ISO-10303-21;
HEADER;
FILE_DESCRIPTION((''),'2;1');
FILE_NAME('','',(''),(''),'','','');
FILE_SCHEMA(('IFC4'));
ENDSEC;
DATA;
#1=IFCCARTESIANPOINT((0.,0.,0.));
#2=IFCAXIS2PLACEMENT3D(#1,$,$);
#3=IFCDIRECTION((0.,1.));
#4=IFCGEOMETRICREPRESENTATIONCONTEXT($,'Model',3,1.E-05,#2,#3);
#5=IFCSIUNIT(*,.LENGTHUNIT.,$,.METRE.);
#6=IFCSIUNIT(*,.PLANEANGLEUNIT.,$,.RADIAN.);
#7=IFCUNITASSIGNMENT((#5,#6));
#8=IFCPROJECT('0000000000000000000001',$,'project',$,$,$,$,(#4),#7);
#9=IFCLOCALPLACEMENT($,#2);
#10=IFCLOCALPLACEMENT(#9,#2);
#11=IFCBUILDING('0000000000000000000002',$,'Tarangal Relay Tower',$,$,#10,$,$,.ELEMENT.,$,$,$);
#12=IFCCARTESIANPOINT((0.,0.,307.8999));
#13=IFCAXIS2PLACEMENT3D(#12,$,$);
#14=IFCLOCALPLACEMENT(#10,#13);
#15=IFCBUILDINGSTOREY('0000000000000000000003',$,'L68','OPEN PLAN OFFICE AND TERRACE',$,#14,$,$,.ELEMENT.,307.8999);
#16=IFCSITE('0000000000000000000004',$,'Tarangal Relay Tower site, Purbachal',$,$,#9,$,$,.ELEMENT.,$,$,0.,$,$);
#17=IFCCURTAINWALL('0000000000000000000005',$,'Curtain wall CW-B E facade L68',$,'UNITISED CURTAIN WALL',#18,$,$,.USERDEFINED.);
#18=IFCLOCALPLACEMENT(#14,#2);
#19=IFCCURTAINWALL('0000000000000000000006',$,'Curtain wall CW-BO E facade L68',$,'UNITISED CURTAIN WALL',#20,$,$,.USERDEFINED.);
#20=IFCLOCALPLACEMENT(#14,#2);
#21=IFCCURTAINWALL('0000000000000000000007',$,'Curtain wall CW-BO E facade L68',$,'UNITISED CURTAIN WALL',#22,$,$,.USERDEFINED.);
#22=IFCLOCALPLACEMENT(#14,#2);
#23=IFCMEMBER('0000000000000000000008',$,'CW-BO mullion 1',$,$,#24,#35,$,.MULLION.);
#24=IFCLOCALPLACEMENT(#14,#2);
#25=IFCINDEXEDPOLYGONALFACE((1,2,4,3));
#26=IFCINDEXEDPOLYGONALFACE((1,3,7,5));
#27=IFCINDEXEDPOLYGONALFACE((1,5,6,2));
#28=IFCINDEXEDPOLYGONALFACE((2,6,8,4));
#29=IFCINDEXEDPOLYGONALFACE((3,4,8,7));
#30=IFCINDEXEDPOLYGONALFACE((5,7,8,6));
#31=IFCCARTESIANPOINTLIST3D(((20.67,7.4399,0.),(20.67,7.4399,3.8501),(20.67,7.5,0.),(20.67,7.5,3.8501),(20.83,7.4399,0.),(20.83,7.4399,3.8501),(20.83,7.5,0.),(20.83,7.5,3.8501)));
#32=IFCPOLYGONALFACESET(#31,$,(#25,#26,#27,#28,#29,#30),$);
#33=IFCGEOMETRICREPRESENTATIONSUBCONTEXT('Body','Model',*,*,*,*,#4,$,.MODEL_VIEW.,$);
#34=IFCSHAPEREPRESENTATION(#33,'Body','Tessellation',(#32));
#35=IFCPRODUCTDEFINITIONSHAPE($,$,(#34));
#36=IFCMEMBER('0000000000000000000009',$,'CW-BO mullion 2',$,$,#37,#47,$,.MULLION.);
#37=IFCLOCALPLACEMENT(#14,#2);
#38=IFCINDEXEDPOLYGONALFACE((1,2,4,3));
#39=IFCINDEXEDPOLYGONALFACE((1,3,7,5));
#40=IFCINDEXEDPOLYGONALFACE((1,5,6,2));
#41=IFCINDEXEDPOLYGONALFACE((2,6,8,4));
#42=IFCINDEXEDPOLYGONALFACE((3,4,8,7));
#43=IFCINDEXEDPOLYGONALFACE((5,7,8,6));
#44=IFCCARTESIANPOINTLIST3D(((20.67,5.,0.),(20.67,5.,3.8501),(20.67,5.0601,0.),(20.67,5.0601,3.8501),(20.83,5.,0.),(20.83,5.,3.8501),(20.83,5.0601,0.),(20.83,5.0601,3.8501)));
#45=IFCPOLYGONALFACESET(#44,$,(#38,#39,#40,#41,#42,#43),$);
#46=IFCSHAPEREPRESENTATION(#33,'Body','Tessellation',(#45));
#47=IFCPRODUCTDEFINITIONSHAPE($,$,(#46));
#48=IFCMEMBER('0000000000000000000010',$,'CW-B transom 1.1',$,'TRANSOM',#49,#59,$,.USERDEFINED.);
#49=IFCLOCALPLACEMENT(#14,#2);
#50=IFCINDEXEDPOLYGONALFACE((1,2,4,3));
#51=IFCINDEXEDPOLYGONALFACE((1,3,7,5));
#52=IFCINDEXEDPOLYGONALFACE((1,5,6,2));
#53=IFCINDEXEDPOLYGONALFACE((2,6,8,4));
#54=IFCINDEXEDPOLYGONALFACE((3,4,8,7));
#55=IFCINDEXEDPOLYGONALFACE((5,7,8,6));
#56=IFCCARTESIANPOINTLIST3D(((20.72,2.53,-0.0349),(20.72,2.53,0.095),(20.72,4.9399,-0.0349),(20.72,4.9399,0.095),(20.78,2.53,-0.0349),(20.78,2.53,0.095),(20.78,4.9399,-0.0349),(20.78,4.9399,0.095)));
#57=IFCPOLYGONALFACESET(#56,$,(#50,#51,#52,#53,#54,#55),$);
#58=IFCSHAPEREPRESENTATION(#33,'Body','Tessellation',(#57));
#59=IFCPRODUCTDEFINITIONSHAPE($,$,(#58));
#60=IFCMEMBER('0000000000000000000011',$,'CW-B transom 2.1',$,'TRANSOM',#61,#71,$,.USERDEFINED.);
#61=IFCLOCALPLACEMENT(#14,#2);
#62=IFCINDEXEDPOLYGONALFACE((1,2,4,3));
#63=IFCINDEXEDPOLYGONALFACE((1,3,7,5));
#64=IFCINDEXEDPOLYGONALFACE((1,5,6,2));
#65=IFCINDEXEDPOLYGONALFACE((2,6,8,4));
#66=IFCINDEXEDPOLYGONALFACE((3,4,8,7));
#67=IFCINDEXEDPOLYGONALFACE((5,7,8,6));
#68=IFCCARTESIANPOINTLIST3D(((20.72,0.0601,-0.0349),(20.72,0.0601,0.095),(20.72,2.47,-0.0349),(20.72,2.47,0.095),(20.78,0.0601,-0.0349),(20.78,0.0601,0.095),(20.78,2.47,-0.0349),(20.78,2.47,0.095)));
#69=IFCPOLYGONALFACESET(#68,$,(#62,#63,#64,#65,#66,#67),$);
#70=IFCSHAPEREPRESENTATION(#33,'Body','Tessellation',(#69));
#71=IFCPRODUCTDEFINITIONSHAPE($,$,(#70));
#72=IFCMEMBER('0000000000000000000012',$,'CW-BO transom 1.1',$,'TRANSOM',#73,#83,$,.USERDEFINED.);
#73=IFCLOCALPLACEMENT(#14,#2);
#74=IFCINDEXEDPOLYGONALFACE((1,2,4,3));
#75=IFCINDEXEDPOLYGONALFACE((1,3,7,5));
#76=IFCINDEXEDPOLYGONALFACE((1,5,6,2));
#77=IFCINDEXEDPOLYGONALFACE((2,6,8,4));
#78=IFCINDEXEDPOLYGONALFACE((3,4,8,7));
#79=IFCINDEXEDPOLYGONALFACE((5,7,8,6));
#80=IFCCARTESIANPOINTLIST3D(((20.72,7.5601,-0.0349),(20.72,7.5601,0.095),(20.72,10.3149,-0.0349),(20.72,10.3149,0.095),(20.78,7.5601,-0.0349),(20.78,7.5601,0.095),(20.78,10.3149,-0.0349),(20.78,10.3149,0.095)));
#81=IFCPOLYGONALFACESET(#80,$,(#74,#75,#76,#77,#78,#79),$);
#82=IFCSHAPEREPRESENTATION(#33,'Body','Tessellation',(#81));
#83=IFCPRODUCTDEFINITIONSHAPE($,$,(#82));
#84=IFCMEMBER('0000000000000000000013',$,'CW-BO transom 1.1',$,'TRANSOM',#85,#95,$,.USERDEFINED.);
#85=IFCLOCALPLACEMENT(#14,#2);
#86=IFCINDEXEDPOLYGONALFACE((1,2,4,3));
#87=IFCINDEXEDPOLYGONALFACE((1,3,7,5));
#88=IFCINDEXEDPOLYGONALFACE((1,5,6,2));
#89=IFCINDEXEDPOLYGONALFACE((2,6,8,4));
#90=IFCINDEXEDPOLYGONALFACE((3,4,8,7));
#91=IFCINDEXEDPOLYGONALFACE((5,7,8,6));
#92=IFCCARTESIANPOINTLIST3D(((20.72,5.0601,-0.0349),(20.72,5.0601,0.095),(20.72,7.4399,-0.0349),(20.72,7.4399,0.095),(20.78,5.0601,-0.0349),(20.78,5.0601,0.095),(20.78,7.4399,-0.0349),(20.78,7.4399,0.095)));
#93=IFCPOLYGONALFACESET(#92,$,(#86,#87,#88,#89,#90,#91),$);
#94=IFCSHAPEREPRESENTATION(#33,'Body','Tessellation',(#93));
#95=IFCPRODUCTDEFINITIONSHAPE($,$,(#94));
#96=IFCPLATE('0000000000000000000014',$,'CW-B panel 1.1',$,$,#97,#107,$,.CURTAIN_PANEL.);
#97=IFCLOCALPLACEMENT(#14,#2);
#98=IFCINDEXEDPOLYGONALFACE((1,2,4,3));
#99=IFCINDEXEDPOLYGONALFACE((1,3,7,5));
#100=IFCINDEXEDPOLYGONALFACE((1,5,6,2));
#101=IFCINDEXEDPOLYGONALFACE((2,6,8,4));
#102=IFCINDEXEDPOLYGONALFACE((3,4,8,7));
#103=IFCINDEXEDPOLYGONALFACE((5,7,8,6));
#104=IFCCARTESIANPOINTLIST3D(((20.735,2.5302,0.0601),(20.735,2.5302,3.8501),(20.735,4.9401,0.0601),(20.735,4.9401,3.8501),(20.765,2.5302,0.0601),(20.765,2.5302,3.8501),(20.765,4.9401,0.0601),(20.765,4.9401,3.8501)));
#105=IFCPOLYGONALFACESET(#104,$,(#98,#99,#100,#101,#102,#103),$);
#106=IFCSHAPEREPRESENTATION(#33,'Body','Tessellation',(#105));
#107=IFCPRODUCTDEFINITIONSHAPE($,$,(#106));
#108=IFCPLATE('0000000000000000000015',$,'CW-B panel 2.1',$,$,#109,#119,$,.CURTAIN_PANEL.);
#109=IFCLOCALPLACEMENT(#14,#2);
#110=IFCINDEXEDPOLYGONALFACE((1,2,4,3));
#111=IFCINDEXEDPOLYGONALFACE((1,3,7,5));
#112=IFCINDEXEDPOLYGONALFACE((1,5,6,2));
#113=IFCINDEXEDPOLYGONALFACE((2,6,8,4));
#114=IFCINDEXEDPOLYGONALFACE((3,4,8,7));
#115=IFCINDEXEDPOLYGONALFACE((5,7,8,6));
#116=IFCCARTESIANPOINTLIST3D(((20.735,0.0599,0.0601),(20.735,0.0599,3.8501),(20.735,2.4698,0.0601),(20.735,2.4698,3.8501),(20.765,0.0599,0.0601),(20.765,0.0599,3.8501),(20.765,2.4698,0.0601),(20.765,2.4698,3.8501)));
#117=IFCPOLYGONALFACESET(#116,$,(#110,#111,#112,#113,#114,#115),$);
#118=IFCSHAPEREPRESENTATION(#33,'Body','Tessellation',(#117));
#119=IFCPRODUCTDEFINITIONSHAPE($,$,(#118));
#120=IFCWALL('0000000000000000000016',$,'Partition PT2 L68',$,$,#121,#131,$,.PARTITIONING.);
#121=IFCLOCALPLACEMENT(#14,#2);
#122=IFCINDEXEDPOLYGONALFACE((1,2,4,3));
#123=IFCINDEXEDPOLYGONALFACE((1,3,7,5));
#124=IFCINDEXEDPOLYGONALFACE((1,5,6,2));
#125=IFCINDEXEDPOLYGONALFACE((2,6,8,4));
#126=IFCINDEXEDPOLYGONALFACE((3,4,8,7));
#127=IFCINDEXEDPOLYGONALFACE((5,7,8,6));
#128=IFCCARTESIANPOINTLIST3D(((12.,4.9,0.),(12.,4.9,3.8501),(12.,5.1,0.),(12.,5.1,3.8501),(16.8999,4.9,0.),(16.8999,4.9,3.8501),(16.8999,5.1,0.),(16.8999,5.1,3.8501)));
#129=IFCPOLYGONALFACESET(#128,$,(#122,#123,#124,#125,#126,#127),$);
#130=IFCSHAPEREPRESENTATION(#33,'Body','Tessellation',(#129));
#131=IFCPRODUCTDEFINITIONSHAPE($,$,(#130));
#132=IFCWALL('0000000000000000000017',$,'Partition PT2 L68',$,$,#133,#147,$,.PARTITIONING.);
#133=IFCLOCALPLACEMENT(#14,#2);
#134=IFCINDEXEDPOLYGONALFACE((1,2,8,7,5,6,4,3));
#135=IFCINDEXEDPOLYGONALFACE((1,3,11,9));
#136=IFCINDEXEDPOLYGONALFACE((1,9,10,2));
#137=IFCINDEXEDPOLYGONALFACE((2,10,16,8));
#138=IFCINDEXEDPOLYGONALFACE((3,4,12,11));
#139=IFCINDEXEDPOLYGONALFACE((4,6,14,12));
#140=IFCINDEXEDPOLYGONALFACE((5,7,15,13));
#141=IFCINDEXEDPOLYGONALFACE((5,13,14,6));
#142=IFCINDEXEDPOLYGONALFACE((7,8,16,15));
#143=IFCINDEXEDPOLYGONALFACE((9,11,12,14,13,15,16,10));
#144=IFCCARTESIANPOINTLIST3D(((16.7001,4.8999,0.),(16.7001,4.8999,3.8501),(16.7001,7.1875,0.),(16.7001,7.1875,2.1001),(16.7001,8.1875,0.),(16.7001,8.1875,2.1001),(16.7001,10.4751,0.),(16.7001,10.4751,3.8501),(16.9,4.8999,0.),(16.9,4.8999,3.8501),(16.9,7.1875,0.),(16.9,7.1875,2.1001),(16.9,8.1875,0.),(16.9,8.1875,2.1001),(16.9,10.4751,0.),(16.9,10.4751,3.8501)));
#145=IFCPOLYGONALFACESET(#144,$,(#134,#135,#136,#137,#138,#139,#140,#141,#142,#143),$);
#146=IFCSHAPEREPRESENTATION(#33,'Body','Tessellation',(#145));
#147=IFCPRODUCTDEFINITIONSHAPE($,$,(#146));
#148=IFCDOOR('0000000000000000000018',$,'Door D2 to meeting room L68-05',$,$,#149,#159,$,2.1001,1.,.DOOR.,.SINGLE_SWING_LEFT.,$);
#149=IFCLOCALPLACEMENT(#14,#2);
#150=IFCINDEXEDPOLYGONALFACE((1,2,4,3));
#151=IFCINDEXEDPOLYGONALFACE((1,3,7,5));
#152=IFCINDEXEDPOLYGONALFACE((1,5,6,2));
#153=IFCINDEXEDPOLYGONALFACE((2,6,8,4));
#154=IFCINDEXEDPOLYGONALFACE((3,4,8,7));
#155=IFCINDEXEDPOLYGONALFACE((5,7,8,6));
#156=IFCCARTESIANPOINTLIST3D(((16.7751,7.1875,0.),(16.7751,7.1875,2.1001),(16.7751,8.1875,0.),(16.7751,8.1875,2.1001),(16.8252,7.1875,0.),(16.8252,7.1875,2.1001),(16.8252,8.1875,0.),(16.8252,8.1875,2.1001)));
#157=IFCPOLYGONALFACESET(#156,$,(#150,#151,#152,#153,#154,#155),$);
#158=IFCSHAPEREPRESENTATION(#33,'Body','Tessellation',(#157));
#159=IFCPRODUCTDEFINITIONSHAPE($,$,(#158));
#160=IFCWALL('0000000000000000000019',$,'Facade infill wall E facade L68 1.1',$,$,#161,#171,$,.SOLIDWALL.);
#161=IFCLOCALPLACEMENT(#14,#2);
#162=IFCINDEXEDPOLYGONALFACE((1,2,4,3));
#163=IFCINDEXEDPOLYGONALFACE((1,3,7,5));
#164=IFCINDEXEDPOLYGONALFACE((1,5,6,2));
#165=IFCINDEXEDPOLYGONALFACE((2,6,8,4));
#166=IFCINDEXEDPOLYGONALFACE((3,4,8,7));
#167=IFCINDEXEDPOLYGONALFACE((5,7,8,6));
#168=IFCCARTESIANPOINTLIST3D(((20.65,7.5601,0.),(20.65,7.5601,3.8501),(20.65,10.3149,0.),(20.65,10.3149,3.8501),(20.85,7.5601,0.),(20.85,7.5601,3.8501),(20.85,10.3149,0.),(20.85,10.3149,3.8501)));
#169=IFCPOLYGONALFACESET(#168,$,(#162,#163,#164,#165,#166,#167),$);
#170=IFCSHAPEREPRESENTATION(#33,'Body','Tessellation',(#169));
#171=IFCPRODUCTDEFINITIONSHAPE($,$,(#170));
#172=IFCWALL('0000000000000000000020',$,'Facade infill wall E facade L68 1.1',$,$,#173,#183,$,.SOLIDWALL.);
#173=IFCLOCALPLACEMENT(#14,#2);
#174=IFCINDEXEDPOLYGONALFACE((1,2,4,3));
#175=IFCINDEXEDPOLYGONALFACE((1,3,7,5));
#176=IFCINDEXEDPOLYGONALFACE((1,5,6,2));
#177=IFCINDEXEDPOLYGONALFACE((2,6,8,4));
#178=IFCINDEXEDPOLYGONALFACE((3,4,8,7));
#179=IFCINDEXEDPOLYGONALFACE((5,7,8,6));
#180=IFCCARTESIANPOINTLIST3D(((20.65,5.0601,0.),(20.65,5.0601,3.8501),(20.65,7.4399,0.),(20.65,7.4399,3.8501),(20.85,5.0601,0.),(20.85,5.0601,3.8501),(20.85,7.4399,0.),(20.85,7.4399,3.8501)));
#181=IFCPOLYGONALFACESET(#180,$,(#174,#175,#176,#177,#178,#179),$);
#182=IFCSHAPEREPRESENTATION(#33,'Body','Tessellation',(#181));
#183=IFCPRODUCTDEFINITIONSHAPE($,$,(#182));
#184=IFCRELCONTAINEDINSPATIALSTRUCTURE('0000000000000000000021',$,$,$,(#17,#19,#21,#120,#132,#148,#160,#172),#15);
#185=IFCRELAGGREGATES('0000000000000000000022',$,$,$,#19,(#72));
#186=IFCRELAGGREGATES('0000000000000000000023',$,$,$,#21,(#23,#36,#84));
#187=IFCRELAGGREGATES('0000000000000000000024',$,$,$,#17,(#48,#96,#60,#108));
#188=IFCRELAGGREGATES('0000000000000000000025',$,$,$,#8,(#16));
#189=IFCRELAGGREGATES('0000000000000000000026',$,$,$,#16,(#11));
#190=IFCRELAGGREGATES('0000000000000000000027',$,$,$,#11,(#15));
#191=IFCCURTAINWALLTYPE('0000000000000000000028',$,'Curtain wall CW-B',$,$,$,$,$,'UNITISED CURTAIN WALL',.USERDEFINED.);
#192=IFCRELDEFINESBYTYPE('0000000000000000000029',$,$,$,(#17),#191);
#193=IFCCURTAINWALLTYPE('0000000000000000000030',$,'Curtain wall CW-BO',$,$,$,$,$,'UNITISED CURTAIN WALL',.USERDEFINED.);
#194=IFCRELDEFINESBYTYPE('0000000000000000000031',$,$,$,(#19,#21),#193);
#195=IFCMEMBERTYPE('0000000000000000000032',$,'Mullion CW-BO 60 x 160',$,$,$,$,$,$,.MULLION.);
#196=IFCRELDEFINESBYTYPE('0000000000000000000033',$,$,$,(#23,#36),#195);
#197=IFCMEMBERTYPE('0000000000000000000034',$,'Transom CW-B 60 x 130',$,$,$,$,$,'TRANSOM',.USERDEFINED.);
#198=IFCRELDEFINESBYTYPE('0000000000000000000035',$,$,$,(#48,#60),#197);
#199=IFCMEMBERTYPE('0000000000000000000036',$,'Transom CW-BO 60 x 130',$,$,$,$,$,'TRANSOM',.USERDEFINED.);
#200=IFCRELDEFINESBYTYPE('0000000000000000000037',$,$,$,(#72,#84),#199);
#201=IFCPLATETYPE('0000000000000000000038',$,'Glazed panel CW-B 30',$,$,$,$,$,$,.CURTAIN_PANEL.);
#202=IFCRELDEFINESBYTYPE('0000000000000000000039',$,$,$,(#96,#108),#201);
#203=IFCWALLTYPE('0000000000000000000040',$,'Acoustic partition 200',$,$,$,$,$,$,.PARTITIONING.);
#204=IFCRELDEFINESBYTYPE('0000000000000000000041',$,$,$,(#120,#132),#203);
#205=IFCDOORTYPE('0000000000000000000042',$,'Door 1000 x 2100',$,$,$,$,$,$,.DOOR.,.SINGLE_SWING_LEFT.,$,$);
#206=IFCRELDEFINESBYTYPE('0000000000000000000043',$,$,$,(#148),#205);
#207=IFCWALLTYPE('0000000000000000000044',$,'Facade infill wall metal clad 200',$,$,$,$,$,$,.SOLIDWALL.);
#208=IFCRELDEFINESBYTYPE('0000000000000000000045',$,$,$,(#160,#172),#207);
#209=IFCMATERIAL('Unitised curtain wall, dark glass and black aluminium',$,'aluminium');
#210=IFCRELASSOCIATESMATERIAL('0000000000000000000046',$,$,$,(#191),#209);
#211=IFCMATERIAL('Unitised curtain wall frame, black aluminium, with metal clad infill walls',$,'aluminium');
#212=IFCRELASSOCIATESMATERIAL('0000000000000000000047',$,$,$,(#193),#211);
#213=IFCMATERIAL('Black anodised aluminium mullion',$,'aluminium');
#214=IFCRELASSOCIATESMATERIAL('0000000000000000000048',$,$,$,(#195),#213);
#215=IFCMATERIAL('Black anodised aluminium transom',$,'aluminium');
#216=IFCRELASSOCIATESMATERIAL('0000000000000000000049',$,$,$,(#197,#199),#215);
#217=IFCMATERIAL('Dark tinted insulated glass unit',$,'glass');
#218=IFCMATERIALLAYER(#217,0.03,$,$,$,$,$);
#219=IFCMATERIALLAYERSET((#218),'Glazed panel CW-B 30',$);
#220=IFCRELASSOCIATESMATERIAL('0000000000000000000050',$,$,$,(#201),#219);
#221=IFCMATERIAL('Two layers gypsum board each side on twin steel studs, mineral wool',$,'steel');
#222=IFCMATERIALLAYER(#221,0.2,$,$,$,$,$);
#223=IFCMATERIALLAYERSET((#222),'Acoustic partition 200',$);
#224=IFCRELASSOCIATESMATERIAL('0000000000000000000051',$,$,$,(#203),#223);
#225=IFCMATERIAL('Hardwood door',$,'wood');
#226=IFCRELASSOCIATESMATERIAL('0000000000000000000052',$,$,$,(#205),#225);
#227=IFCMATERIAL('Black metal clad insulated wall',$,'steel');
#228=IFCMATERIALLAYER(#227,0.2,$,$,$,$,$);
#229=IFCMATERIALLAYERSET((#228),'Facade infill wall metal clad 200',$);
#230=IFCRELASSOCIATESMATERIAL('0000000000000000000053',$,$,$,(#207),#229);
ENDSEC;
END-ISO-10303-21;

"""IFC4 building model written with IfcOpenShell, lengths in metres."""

from ifc_helpers import new_model, si_unit, direction, frame, frame_2d, origin, origin_2d, place, context, subcontext, project, spatial, rectangle, extrude, material, layer, layer_set, material_profile, profile_set, type_object, element, fill, aggregate, save


model = new_model("IFC4")

# Units and contexts
model_context = context("Model", 3, precision=1e-05, world=origin(), true_north=direction((0.0, 1.0)))
body_context = subcontext(model_context, "Body", "Model", "MODEL_VIEW")
ifc_project = project(units=[si_unit("LENGTHUNIT", "METRE"), si_unit("PLANEANGLEUNIT", "RADIAN")], contexts=[model_context])

# Site, building, storey
site_placement = place(None, origin())
site = spatial("IfcSite", under=ifc_project, at=site_placement, Name="Tarangal Relay Tower site, Purbachal", CompositionType="ELEMENT", RefElevation=0.0)
building_placement = place(site_placement, origin())
building = spatial("IfcBuilding", under=site, at=building_placement, Name="Tarangal Relay Tower", CompositionType="ELEMENT")
storey_placement = place(building_placement, frame((0.0, 0.0, 307.8999)))
storey = spatial("IfcBuildingStorey", under=building, at=storey_placement, Name="L68", Description="OPEN PLAN OFFICE AND TERRACE", CompositionType="ELEMENT", Elevation=307.8999)

# Curtain wall
ifc_material_1 = material(Name="Unitised curtain wall, dark glass and black aluminium", Category="aluminium")
curtain_wall_type_1 = type_object("IfcCurtainWallType", Name="Curtain wall CW-B", ElementType="UNITISED CURTAIN WALL", PredefinedType="USERDEFINED", material=ifc_material_1)
curtain_wall_1_placement = place(storey_placement, origin())
curtain_wall_1 = element("IfcCurtainWall", 1, at=curtain_wall_1_placement, inside=storey, type_object=curtain_wall_type_1, Name="Curtain wall CW-B E facade L68", ObjectType="UNITISED CURTAIN WALL", PredefinedType="USERDEFINED")
ifc_material_2 = material(Name="Black anodised aluminium mullion", Category="aluminium")

# Curtain wall
ifc_material_3 = material(Name="Unitised curtain wall frame, black aluminium, with metal clad infill walls", Category="aluminium")
curtain_wall_type_2 = type_object("IfcCurtainWallType", Name="Curtain wall CW-BO", ElementType="UNITISED CURTAIN WALL", PredefinedType="USERDEFINED", material=ifc_material_3)
curtain_wall_2_placement = place(storey_placement, origin())
curtain_wall_2 = element("IfcCurtainWall", 2, at=curtain_wall_2_placement, inside=storey, type_object=curtain_wall_type_2, Name="Curtain wall CW-BO E facade L68", ObjectType="UNITISED CURTAIN WALL", PredefinedType="USERDEFINED")
ifc_material_profile_1 = material_profile(ifc_material_2, rectangle(XDim=0.1599, YDim=0.0601, at=origin_2d()), Name="CW-BOM 60X160")
ifc_profile_set_1 = profile_set([ifc_material_profile_1], Name="Black anodised aluminium mullion")
member_type_1 = type_object("IfcMemberType", Name="Mullion CW-BO 60 x 160", PredefinedType="MULLION", material=ifc_profile_set_1)

# Curtain wall, members
curtain_wall_3_placement = place(storey_placement, origin())
curtain_wall_3 = element("IfcCurtainWall", 3, at=curtain_wall_3_placement, inside=storey, type_object=curtain_wall_type_2, Name="Curtain wall CW-BO E facade L68", ObjectType="UNITISED CURTAIN WALL", PredefinedType="USERDEFINED")
member_1_placement = place(storey_placement, frame((20.75, 7.47, 0.0), z_axis=(0.0, 0.0, 1.0), x_axis=(1.0, 0.0, 0.0)))
member_1 = element("IfcMember", 4, at=member_1_placement, type_object=member_type_1, Name="CW-BO mullion 1", PredefinedType="MULLION", context=body_context, shape_type="SweptSolid", body=[
    extrude(rectangle(XDim=0.1599, YDim=0.0601, at=origin_2d()), origin(), (0.0, 0.0, 1.0), 3.8501),
])
member_2_placement = place(storey_placement, frame((20.75, 5.03, 0.0), z_axis=(0.0, 0.0, 1.0), x_axis=(1.0, 0.0, 0.0)))
member_2 = element("IfcMember", 5, at=member_2_placement, type_object=member_type_1, Name="CW-BO mullion 2", PredefinedType="MULLION", context=body_context, shape_type="SweptSolid", body=[
    extrude(rectangle(XDim=0.1599, YDim=0.0601, at=origin_2d()), origin(), (0.0, 0.0, 1.0), 3.8501),
])

# Members
ifc_material_4 = material(Name="Black anodised aluminium transom", Category="aluminium")
ifc_material_profile_2 = material_profile(ifc_material_4, rectangle(XDim=0.0601, YDim=0.1299, at=origin_2d()), Name="CW-BT 60X130")
ifc_profile_set_2 = profile_set([ifc_material_profile_2], Name="Black anodised aluminium transom")
member_type_2 = type_object("IfcMemberType", Name="Transom CW-B 60 x 130", ElementType="TRANSOM", PredefinedType="USERDEFINED", material=ifc_profile_set_2)
member_3_placement = place(storey_placement, frame((20.75, 4.9399, 0.03), z_axis=(0.0, -1.0, 0.0), x_axis=(1.0, 0.0, 0.0)))
member_3 = element("IfcMember", 6, at=member_3_placement, type_object=member_type_2, Name="CW-B transom 1.1", ObjectType="TRANSOM", PredefinedType="USERDEFINED", context=body_context, shape_type="SweptSolid", body=[
    extrude(rectangle(XDim=0.0601, YDim=0.1299, at=origin_2d()), origin(), (0.0, 0.0, 1.0), 2.4099),
])
member_4_placement = place(storey_placement, frame((20.75, 2.47, 0.03), z_axis=(0.0, -1.0, 0.0), x_axis=(1.0, 0.0, 0.0)))
member_4 = element("IfcMember", 7, at=member_4_placement, type_object=member_type_2, Name="CW-B transom 2.1", ObjectType="TRANSOM", PredefinedType="USERDEFINED", context=body_context, shape_type="SweptSolid", body=[
    extrude(rectangle(XDim=0.0601, YDim=0.1299, at=origin_2d()), origin(), (0.0, 0.0, 1.0), 2.4099),
])
ifc_material_profile_3 = material_profile(ifc_material_4, rectangle(XDim=0.0601, YDim=0.1299, at=origin_2d()), Name="CW-BOT 60X130")
ifc_profile_set_3 = profile_set([ifc_material_profile_3], Name="Black anodised aluminium transom")
member_type_3 = type_object("IfcMemberType", Name="Transom CW-BO 60 x 130", ElementType="TRANSOM", PredefinedType="USERDEFINED", material=ifc_profile_set_3)
member_5_placement = place(storey_placement, frame((20.75, 10.3149, 0.03), z_axis=(0.0, -1.0, 0.0), x_axis=(1.0, 0.0, 0.0)))
member_5 = element("IfcMember", 8, at=member_5_placement, type_object=member_type_3, Name="CW-BO transom 1.1", ObjectType="TRANSOM", PredefinedType="USERDEFINED", context=body_context, shape_type="SweptSolid", body=[
    extrude(rectangle(XDim=0.0601, YDim=0.1299, at=origin_2d()), origin(), (0.0, 0.0, 1.0), 2.7549),
])
aggregate(curtain_wall_2, [member_5])
member_6_placement = place(storey_placement, frame((20.75, 7.4399, 0.03), z_axis=(0.0, -1.0, 0.0), x_axis=(1.0, 0.0, 0.0)))
member_6 = element("IfcMember", 9, at=member_6_placement, type_object=member_type_3, Name="CW-BO transom 1.1", ObjectType="TRANSOM", PredefinedType="USERDEFINED", context=body_context, shape_type="SweptSolid", body=[
    extrude(rectangle(XDim=0.0601, YDim=0.1299, at=origin_2d()), origin(), (0.0, 0.0, 1.0), 2.3799),
])
aggregate(curtain_wall_3, [member_1, member_2, member_6])

# Plates
ifc_material_5 = material(Name="Dark tinted insulated glass unit", Category="glass")
ifc_layer_1 = layer(ifc_material_5, 0.03)
ifc_layer_set_1 = layer_set([ifc_layer_1], Name="Glazed panel CW-B 30")
plate_type = type_object("IfcPlateType", Name="Glazed panel CW-B 30", PredefinedType="CURTAIN_PANEL", material=ifc_layer_set_1)
plate_1_placement = place(storey_placement, frame((20.75, 3.7351, 0.0601), z_axis=(0.0, 0.0, 1.0), x_axis=(0.0, -1.0, 0.0)))
plate_1 = element("IfcPlate", 10, at=plate_1_placement, type_object=plate_type, Name="CW-B panel 1.1", PredefinedType="CURTAIN_PANEL", context=body_context, shape_type="SweptSolid", body=[
    extrude(rectangle(XDim=2.4099, YDim=0.03, at=origin_2d()), origin(), (0.0, 0.0, 1.0), 3.79),
])
plate_2_placement = place(storey_placement, frame((20.75, 1.2649, 0.0601), z_axis=(0.0, 0.0, 1.0), x_axis=(0.0, -1.0, 0.0)))
plate_2 = element("IfcPlate", 11, at=plate_2_placement, type_object=plate_type, Name="CW-B panel 2.1", PredefinedType="CURTAIN_PANEL", context=body_context, shape_type="SweptSolid", body=[
    extrude(rectangle(XDim=2.4099, YDim=0.03, at=origin_2d()), origin(), (0.0, 0.0, 1.0), 3.79),
])
aggregate(curtain_wall_1, [member_3, plate_1, member_4, plate_2])

# Wall
ifc_material_6 = material(Name="Two layers gypsum board each side on twin steel studs, mineral wool", Category="steel")
ifc_layer_2 = layer(ifc_material_6, 0.2)
ifc_layer_set_2 = layer_set([ifc_layer_2], Name="Acoustic partition 200")
wall_type_1 = type_object("IfcWallType", Name="Acoustic partition 200", PredefinedType="PARTITIONING", material=ifc_layer_set_2)
wall_1_placement = place(storey_placement, frame((12.0, 5.0, 0.0), z_axis=(0.0, 0.0, 1.0), x_axis=(1.0, 0.0, 0.0)))
element("IfcWall", 12, at=wall_1_placement, inside=storey, type_object=wall_type_1, Name="Partition PT2 L68", PredefinedType="PARTITIONING", context=body_context, shape_type="SweptSolid", body=[
    extrude(rectangle(XDim=4.8999, YDim=0.2, at=frame_2d((2.45, 0.0))), origin(), (0.0, 0.0, 1.0), 3.8501),
])

# Wall, opening, door
wall_2_placement = place(storey_placement, frame((16.8, 4.8999, 0.0), z_axis=(0.0, 0.0, 1.0), x_axis=(0.0, 1.0, 0.0)))
wall_2 = element("IfcWall", 13, at=wall_2_placement, inside=storey, type_object=wall_type_1, Name="Partition PT2 L68", PredefinedType="PARTITIONING", context=body_context, shape_type="SweptSolid", body=[
    extrude(rectangle(XDim=5.5752, YDim=0.2, at=frame_2d((2.7876, 0.0))), origin(), (0.0, 0.0, 1.0), 3.8501),
])
opening_1_placement = place(wall_2_placement, frame((2.2876, 0.0, 0.0)))
opening_1 = element("IfcOpeningElement", 14, at=opening_1_placement, cuts=wall_2, PredefinedType="OPENING", context=body_context, shape_type="SweptSolid", body=[
    extrude(rectangle(XDim=1.0, YDim=2.1001, at=frame_2d((0.5, 1.05))), frame((0.0, 0.1099, 0.0), z_axis=(0.0, -1.0, 0.0), x_axis=(1.0, 0.0, 0.0)), (0.0, 0.0, 1.0), 0.22),
])
ifc_material_7 = material(Name="Hardwood door", Category="wood")
door_type_1 = type_object("IfcDoorType", Name="Door 1000 x 2100", OperationType="SINGLE_SWING_LEFT", PredefinedType="DOOR", material=ifc_material_7)
door_1_placement = place(opening_1_placement, origin())
door_1 = element("IfcDoor", 15, at=door_1_placement, inside=storey, type_object=door_type_1, Name="Door D2 to meeting room L68-05", OperationType="SINGLE_SWING_LEFT", OverallHeight=2.1001, OverallWidth=1.0, PredefinedType="DOOR", context=body_context, shape_type="SweptSolid", body=[
    extrude(rectangle(XDim=1.0, YDim=2.1001, at=frame_2d((0.5, 1.05))), frame((0.0, 0.0249, 0.0), z_axis=(0.0, -1.0, 0.0), x_axis=(1.0, 0.0, 0.0)), (0.0, 0.0, 1.0), 0.05),
])
fill(opening_1, door_1)

# Walls
ifc_material_8 = material(Name="Black metal clad insulated wall", Category="steel")
ifc_layer_3 = layer(ifc_material_8, 0.2)
ifc_layer_set_3 = layer_set([ifc_layer_3], Name="Facade infill wall metal clad 200")
wall_type_2 = type_object("IfcWallType", Name="Facade infill wall metal clad 200", PredefinedType="SOLIDWALL", material=ifc_layer_set_3)
wall_3_placement = place(storey_placement, frame((20.75, 10.3149, 0.0), z_axis=(0.0, 0.0, 1.0), x_axis=(0.0, -1.0, 0.0)))
element("IfcWall", 16, at=wall_3_placement, inside=storey, type_object=wall_type_2, Name="Facade infill wall E facade L68 1.1", PredefinedType="SOLIDWALL", context=body_context, shape_type="SweptSolid", body=[
    extrude(rectangle(XDim=2.7549, YDim=0.2, at=frame_2d((1.3774, 0.0))), origin(), (0.0, 0.0, 1.0), 3.8501),
])
wall_4_placement = place(storey_placement, frame((20.75, 7.4399, 0.0), z_axis=(0.0, 0.0, 1.0), x_axis=(0.0, -1.0, 0.0)))
element("IfcWall", 17, at=wall_4_placement, inside=storey, type_object=wall_type_2, Name="Facade infill wall E facade L68 1.1", PredefinedType="SOLIDWALL", context=body_context, shape_type="SweptSolid", body=[
    extrude(rectangle(XDim=2.3799, YDim=0.2, at=frame_2d((1.1899, 0.0))), origin(), (0.0, 0.0, 1.0), 3.8501),
])

save(model, "model.ifc")
